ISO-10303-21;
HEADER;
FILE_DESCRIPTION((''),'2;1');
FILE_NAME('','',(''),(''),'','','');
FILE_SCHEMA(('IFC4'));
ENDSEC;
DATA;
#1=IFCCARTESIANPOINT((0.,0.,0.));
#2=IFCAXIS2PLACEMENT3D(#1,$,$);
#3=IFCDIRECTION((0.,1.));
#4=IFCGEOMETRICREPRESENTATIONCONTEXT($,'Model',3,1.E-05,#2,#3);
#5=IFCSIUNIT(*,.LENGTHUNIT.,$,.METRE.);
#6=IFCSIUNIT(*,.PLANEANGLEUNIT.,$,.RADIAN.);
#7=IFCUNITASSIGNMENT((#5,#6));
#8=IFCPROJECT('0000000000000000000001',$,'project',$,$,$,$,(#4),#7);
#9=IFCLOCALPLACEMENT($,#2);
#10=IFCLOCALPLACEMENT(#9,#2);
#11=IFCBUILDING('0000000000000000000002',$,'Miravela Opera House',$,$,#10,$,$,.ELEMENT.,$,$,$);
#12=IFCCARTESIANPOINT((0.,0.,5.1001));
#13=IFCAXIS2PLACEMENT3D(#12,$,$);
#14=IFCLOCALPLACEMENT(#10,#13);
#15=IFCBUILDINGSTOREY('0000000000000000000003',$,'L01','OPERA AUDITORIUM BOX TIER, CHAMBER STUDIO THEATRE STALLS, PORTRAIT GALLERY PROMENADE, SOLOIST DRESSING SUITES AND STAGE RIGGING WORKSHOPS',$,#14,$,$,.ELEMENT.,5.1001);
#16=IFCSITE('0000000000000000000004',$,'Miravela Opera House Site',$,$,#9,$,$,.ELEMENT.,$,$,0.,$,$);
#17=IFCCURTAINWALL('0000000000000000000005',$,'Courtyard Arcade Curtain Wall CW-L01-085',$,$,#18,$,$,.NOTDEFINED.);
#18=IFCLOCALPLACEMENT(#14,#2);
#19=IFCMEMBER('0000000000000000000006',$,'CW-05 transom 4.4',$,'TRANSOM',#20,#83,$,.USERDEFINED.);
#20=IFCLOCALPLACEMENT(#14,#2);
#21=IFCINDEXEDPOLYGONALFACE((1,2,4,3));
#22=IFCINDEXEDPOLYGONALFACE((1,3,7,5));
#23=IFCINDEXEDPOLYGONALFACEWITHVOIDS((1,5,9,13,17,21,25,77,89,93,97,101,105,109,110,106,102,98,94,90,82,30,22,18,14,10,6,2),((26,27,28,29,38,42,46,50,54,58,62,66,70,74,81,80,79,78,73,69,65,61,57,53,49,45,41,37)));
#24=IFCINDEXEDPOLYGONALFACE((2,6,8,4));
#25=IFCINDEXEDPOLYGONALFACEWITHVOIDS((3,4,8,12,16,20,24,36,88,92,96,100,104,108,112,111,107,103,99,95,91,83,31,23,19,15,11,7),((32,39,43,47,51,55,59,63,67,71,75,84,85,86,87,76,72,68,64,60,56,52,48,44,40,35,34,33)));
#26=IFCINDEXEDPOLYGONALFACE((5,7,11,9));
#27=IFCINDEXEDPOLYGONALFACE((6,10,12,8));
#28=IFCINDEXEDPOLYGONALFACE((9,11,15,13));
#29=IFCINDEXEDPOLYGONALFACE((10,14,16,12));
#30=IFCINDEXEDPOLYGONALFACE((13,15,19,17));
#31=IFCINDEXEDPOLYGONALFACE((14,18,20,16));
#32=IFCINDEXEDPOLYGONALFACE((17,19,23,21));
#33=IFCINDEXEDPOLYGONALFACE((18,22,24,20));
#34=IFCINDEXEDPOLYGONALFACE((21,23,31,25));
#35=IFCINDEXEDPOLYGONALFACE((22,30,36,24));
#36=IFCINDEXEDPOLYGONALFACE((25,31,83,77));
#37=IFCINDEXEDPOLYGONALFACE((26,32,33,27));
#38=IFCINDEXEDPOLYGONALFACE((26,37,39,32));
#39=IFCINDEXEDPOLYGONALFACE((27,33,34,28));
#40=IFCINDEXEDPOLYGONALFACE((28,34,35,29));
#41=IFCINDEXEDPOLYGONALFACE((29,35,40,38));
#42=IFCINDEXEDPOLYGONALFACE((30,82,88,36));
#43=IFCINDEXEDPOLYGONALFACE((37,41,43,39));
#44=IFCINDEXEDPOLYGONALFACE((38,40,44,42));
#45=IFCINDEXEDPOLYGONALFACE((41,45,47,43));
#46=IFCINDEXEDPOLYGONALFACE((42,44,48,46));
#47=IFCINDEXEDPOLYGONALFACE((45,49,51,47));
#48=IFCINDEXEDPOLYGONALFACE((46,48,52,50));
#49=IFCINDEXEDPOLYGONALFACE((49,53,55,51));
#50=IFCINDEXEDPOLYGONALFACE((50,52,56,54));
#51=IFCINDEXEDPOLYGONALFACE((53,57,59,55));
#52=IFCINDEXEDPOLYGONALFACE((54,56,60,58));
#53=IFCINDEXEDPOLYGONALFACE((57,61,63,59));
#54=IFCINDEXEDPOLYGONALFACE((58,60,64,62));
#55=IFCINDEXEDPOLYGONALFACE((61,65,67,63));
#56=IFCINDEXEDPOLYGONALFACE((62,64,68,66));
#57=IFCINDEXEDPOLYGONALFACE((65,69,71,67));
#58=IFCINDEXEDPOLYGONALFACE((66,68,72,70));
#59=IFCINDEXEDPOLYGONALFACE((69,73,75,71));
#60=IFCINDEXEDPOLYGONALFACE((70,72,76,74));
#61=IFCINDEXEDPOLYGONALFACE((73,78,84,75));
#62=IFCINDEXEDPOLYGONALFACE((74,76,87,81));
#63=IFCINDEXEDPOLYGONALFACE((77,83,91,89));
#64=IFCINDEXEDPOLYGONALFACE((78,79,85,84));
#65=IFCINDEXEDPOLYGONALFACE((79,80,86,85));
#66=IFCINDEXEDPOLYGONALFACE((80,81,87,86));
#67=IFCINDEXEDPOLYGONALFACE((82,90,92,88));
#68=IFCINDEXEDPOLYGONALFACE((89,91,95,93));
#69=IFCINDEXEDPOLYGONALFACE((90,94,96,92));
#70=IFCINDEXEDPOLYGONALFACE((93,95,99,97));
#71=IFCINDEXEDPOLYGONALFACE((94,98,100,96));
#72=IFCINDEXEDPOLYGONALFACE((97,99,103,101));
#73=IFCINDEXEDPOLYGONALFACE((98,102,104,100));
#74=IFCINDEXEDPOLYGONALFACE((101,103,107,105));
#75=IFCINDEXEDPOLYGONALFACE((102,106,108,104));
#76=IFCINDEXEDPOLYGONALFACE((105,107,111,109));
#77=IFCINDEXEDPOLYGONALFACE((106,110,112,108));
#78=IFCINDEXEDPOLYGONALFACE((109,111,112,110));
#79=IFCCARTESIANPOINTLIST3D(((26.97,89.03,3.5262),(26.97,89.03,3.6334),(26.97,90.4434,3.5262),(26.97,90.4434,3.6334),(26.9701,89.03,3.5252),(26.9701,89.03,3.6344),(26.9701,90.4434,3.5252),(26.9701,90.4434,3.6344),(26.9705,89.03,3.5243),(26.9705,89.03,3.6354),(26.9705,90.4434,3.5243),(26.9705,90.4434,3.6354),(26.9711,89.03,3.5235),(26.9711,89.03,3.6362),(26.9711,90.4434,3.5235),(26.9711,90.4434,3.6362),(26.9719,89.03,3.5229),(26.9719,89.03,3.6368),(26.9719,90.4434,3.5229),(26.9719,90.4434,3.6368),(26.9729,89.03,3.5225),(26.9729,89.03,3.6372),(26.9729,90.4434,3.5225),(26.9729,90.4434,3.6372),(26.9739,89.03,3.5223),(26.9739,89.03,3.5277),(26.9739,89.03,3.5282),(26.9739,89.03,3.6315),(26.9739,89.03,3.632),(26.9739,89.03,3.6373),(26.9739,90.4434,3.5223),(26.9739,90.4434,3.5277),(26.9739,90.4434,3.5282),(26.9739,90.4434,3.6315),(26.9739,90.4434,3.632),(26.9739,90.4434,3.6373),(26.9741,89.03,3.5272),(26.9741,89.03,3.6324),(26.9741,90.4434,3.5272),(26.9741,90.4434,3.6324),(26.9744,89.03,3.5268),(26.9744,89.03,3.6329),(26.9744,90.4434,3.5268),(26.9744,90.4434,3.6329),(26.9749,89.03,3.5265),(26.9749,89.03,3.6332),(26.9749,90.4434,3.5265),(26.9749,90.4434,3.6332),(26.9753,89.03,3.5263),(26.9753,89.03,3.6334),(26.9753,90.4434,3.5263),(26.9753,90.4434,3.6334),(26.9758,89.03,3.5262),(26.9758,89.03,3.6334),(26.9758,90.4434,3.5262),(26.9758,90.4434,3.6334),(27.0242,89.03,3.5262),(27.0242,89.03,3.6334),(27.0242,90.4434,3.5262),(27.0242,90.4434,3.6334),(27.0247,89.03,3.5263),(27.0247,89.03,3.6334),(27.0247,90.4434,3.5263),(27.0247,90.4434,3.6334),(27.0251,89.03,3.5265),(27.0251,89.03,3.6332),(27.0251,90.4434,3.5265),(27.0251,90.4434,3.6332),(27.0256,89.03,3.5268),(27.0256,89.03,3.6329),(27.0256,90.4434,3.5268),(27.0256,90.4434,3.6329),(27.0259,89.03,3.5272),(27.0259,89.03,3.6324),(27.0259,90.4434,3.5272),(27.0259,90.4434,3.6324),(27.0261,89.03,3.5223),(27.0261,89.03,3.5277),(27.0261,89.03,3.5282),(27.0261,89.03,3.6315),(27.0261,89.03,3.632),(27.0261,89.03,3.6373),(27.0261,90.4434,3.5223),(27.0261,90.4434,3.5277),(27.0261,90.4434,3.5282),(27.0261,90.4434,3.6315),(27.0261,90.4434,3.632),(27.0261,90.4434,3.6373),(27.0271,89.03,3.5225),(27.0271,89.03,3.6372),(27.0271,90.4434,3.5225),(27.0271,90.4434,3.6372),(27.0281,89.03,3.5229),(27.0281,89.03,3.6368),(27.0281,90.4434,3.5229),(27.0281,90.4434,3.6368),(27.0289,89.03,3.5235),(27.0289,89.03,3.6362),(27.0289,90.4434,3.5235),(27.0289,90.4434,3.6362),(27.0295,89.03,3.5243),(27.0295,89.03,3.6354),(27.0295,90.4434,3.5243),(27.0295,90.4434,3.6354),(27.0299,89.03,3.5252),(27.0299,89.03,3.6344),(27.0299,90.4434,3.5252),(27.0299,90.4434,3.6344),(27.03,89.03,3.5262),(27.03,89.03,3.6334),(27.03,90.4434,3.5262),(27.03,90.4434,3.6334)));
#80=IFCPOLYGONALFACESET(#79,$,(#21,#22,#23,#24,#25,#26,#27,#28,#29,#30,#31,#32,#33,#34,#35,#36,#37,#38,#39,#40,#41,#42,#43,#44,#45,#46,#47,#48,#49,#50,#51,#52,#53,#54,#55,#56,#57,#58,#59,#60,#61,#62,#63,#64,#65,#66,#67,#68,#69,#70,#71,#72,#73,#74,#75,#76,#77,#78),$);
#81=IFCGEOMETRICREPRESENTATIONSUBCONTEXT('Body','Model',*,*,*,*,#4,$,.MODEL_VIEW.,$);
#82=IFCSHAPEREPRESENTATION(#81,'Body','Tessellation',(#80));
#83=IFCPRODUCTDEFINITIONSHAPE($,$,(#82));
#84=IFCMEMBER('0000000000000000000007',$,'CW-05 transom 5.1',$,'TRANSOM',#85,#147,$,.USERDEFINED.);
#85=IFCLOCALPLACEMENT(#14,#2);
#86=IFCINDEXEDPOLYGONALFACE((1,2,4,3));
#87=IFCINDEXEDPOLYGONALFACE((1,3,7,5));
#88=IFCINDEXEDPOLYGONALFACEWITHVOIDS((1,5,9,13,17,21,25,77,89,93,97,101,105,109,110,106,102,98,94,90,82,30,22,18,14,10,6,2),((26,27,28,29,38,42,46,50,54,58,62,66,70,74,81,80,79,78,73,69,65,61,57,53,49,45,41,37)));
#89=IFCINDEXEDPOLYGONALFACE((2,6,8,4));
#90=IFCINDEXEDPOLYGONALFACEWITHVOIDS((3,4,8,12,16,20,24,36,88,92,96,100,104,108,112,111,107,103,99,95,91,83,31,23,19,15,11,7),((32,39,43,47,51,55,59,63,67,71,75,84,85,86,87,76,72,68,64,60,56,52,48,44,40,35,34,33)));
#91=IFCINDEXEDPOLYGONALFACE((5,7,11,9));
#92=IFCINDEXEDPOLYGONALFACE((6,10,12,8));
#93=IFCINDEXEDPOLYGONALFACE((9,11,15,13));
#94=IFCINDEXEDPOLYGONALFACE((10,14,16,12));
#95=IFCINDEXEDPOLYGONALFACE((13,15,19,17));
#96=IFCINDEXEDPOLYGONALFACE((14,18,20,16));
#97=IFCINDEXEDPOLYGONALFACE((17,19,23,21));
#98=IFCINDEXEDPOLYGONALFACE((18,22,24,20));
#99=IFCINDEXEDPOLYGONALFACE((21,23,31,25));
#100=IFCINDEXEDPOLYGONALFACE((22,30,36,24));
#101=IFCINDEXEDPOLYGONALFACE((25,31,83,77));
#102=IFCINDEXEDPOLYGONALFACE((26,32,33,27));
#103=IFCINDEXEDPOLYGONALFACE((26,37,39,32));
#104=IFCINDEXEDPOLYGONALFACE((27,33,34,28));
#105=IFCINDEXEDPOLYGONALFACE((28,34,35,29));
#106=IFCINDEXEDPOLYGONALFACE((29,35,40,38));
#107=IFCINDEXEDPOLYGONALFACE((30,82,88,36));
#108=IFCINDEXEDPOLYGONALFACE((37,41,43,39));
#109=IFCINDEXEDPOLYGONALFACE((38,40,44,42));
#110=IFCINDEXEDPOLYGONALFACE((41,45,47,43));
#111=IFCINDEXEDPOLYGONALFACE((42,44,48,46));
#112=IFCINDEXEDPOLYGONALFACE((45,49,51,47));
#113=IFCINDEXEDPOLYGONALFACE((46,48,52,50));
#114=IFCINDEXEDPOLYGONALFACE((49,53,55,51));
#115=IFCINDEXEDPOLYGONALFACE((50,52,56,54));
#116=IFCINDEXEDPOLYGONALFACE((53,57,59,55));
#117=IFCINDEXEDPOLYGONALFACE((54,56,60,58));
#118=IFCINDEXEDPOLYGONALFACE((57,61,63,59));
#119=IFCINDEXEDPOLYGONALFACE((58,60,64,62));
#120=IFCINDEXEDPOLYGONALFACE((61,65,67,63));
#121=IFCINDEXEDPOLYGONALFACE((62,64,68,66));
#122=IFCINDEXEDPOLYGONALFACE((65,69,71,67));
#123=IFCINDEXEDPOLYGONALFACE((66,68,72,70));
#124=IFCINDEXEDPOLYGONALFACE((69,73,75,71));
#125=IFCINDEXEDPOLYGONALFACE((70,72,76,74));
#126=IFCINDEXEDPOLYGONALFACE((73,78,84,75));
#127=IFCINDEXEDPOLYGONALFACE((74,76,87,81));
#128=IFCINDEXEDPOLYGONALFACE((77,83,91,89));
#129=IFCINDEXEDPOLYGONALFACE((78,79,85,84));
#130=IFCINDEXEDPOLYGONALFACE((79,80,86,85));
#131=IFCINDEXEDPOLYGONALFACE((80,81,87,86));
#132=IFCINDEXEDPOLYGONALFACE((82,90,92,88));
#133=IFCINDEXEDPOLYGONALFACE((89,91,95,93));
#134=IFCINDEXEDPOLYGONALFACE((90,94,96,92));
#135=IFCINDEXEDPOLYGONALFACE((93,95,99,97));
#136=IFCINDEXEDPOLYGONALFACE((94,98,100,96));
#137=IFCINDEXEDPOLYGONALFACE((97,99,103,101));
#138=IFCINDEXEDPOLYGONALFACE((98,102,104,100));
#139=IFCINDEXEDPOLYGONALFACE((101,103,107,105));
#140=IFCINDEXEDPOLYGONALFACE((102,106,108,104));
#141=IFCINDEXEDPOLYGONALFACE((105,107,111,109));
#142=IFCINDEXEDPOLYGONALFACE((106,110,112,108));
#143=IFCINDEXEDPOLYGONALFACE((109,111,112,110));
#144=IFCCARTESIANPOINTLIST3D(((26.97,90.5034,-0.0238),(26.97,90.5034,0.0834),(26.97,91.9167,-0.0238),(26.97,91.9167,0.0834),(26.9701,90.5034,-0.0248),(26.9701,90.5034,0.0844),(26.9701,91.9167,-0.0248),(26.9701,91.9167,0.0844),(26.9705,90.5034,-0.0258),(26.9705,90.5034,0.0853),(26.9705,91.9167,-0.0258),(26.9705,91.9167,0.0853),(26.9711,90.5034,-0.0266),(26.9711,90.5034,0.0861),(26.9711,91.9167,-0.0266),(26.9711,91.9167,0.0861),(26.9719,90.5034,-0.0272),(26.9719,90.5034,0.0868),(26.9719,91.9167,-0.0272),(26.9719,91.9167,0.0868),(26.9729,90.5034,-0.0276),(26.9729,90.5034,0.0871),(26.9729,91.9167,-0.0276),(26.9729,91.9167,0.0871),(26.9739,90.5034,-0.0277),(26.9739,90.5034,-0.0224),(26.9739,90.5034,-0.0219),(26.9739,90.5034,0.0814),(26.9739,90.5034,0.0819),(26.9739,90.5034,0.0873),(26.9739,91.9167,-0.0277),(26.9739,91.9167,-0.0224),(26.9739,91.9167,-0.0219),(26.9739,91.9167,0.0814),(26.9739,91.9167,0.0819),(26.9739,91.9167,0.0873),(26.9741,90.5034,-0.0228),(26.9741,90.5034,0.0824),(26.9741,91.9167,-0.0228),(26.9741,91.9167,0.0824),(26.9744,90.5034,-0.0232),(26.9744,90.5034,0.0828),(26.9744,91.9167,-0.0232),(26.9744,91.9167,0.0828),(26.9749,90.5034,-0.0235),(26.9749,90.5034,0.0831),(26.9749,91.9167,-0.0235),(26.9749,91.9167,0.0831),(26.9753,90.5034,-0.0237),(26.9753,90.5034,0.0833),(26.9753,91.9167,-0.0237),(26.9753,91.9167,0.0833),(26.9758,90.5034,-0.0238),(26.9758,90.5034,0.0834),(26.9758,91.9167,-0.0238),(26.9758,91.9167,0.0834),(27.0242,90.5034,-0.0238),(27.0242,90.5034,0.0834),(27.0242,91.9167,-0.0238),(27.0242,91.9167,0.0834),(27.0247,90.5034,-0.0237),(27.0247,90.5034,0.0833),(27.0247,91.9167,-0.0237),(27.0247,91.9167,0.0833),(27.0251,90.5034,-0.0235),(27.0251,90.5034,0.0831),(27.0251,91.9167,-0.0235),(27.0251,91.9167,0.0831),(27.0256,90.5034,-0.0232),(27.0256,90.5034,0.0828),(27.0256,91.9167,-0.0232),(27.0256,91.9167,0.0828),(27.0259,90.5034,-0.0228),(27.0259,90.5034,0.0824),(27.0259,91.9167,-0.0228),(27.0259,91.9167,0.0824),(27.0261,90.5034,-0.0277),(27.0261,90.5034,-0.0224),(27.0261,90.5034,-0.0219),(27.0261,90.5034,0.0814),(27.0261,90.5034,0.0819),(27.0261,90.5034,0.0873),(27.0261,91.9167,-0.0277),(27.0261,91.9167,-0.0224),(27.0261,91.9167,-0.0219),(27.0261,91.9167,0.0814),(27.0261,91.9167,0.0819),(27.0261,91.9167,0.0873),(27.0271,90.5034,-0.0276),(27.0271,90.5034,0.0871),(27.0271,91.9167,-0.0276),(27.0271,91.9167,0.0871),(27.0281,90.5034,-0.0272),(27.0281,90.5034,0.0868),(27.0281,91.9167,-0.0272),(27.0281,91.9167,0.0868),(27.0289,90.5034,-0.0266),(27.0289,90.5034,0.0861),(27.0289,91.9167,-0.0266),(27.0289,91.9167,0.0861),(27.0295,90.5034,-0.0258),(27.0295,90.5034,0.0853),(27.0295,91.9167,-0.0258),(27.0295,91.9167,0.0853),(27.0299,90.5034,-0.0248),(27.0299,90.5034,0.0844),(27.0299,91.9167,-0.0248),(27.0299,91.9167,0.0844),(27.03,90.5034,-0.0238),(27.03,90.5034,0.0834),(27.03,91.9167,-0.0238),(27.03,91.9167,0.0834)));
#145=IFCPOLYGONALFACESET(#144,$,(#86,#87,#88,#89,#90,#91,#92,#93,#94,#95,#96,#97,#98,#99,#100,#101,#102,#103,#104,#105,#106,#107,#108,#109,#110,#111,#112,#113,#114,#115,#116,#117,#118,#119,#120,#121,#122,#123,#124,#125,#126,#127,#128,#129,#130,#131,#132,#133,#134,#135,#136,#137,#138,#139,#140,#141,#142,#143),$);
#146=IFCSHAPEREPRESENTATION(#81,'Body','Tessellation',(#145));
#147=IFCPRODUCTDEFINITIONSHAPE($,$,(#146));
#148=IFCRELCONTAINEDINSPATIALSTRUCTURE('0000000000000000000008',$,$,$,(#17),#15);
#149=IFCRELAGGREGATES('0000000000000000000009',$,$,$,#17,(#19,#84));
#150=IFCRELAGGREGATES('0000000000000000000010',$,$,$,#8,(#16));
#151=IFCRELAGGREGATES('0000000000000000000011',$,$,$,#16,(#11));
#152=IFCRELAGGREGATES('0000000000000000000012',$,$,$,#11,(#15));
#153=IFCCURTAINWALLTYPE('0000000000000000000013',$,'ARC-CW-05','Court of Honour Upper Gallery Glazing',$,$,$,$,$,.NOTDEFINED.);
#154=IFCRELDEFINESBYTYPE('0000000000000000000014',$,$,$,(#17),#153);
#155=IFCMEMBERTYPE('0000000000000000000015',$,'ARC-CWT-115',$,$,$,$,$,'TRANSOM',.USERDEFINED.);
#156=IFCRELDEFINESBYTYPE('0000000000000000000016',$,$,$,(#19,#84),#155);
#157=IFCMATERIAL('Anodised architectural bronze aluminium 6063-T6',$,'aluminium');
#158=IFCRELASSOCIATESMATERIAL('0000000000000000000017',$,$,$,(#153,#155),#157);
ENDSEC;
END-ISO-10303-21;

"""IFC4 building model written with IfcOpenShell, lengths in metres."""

from ifc_helpers import new_model, si_unit, direction, frame, origin, origin_2d, place, context, subcontext, project, spatial, hollow_rectangle, extrude, material, material_profile, profile_set, type_object, element, aggregate, save


model = new_model("IFC4")

# Units and contexts
model_context = context("Model", 3, precision=1e-05, world=origin(), true_north=direction((0.0, 1.0)))
body_context = subcontext(model_context, "Body", "Model", "MODEL_VIEW")
ifc_project = project(units=[si_unit("LENGTHUNIT", "METRE"), si_unit("PLANEANGLEUNIT", "RADIAN")], contexts=[model_context])

# Site, building, storey
site_placement = place(None, origin())
site = spatial("IfcSite", under=ifc_project, at=site_placement, Name="Miravela Opera House Site", CompositionType="ELEMENT", RefElevation=0.0)
building_placement = place(site_placement, origin())
building = spatial("IfcBuilding", under=site, at=building_placement, Name="Miravela Opera House", CompositionType="ELEMENT")
storey_placement = place(building_placement, frame((0.0, 0.0, 5.1001)))
storey = spatial("IfcBuildingStorey", under=building, at=storey_placement, Name="L01", Description="OPERA AUDITORIUM BOX TIER, CHAMBER STUDIO THEATRE STALLS, PORTRAIT GALLERY PROMENADE, SOLOIST DRESSING SUITES AND STAGE RIGGING WORKSHOPS", CompositionType="ELEMENT", Elevation=5.1001)

# Curtain wall, members
ifc_material_1 = material(Name="Anodised architectural bronze aluminium 6063-T6", Category="aluminium")
curtain_wall_type = type_object("IfcCurtainWallType", Name="ARC-CW-05", Description="Court of Honour Upper Gallery Glazing", PredefinedType="NOTDEFINED", material=ifc_material_1)
curtain_wall_placement = place(storey_placement, origin())
curtain_wall = element("IfcCurtainWall", 1, at=curtain_wall_placement, inside=storey, type_object=curtain_wall_type, Name="Courtyard Arcade Curtain Wall CW-L01-085", PredefinedType="NOTDEFINED")
ifc_material_profile_1 = material_profile(ifc_material_1, hollow_rectangle(XDim=0.0601, YDim=0.115, WallThickness=0.0039, InnerFilletRadius=0.002, OuterFilletRadius=0.0039, at=origin_2d()), Name="CWT-60X115")
ifc_profile_set_1 = profile_set([ifc_material_profile_1])
member_type_1 = type_object("IfcMemberType", Name="ARC-CWT-115", ElementType="TRANSOM", PredefinedType="USERDEFINED", material=ifc_profile_set_1)
member_1_placement = place(storey_placement, frame((27.0, 89.03, 3.5798), z_axis=(0.0, 1.0, 0.0), x_axis=(-1.0, 0.0, 0.0)))
member_1 = element("IfcMember", 2, at=member_1_placement, type_object=member_type_1, Name="CW-05 transom 4.4", ObjectType="TRANSOM", PredefinedType="USERDEFINED", context=body_context, shape_type="SweptSolid", body=[
    extrude(hollow_rectangle(XDim=0.0601, YDim=0.115, WallThickness=0.0039, InnerFilletRadius=0.002, OuterFilletRadius=0.0039, at=origin_2d()), origin(), (0.0, 0.0, 1.0), 1.4133),
])
member_2_placement = place(storey_placement, frame((27.0, 90.5034, 0.0298), z_axis=(0.0, 1.0, 0.0), x_axis=(-1.0, 0.0, 0.0)))
member_2 = element("IfcMember", 3, at=member_2_placement, type_object=member_type_1, Name="CW-05 transom 5.1", ObjectType="TRANSOM", PredefinedType="USERDEFINED", context=body_context, shape_type="SweptSolid", body=[
    extrude(hollow_rectangle(XDim=0.0601, YDim=0.115, WallThickness=0.0039, InnerFilletRadius=0.002, OuterFilletRadius=0.0039, at=origin_2d()), origin(), (0.0, 0.0, 1.0), 1.4133),
])
aggregate(curtain_wall, [member_1, member_2])

save(model, "model.ifc")
